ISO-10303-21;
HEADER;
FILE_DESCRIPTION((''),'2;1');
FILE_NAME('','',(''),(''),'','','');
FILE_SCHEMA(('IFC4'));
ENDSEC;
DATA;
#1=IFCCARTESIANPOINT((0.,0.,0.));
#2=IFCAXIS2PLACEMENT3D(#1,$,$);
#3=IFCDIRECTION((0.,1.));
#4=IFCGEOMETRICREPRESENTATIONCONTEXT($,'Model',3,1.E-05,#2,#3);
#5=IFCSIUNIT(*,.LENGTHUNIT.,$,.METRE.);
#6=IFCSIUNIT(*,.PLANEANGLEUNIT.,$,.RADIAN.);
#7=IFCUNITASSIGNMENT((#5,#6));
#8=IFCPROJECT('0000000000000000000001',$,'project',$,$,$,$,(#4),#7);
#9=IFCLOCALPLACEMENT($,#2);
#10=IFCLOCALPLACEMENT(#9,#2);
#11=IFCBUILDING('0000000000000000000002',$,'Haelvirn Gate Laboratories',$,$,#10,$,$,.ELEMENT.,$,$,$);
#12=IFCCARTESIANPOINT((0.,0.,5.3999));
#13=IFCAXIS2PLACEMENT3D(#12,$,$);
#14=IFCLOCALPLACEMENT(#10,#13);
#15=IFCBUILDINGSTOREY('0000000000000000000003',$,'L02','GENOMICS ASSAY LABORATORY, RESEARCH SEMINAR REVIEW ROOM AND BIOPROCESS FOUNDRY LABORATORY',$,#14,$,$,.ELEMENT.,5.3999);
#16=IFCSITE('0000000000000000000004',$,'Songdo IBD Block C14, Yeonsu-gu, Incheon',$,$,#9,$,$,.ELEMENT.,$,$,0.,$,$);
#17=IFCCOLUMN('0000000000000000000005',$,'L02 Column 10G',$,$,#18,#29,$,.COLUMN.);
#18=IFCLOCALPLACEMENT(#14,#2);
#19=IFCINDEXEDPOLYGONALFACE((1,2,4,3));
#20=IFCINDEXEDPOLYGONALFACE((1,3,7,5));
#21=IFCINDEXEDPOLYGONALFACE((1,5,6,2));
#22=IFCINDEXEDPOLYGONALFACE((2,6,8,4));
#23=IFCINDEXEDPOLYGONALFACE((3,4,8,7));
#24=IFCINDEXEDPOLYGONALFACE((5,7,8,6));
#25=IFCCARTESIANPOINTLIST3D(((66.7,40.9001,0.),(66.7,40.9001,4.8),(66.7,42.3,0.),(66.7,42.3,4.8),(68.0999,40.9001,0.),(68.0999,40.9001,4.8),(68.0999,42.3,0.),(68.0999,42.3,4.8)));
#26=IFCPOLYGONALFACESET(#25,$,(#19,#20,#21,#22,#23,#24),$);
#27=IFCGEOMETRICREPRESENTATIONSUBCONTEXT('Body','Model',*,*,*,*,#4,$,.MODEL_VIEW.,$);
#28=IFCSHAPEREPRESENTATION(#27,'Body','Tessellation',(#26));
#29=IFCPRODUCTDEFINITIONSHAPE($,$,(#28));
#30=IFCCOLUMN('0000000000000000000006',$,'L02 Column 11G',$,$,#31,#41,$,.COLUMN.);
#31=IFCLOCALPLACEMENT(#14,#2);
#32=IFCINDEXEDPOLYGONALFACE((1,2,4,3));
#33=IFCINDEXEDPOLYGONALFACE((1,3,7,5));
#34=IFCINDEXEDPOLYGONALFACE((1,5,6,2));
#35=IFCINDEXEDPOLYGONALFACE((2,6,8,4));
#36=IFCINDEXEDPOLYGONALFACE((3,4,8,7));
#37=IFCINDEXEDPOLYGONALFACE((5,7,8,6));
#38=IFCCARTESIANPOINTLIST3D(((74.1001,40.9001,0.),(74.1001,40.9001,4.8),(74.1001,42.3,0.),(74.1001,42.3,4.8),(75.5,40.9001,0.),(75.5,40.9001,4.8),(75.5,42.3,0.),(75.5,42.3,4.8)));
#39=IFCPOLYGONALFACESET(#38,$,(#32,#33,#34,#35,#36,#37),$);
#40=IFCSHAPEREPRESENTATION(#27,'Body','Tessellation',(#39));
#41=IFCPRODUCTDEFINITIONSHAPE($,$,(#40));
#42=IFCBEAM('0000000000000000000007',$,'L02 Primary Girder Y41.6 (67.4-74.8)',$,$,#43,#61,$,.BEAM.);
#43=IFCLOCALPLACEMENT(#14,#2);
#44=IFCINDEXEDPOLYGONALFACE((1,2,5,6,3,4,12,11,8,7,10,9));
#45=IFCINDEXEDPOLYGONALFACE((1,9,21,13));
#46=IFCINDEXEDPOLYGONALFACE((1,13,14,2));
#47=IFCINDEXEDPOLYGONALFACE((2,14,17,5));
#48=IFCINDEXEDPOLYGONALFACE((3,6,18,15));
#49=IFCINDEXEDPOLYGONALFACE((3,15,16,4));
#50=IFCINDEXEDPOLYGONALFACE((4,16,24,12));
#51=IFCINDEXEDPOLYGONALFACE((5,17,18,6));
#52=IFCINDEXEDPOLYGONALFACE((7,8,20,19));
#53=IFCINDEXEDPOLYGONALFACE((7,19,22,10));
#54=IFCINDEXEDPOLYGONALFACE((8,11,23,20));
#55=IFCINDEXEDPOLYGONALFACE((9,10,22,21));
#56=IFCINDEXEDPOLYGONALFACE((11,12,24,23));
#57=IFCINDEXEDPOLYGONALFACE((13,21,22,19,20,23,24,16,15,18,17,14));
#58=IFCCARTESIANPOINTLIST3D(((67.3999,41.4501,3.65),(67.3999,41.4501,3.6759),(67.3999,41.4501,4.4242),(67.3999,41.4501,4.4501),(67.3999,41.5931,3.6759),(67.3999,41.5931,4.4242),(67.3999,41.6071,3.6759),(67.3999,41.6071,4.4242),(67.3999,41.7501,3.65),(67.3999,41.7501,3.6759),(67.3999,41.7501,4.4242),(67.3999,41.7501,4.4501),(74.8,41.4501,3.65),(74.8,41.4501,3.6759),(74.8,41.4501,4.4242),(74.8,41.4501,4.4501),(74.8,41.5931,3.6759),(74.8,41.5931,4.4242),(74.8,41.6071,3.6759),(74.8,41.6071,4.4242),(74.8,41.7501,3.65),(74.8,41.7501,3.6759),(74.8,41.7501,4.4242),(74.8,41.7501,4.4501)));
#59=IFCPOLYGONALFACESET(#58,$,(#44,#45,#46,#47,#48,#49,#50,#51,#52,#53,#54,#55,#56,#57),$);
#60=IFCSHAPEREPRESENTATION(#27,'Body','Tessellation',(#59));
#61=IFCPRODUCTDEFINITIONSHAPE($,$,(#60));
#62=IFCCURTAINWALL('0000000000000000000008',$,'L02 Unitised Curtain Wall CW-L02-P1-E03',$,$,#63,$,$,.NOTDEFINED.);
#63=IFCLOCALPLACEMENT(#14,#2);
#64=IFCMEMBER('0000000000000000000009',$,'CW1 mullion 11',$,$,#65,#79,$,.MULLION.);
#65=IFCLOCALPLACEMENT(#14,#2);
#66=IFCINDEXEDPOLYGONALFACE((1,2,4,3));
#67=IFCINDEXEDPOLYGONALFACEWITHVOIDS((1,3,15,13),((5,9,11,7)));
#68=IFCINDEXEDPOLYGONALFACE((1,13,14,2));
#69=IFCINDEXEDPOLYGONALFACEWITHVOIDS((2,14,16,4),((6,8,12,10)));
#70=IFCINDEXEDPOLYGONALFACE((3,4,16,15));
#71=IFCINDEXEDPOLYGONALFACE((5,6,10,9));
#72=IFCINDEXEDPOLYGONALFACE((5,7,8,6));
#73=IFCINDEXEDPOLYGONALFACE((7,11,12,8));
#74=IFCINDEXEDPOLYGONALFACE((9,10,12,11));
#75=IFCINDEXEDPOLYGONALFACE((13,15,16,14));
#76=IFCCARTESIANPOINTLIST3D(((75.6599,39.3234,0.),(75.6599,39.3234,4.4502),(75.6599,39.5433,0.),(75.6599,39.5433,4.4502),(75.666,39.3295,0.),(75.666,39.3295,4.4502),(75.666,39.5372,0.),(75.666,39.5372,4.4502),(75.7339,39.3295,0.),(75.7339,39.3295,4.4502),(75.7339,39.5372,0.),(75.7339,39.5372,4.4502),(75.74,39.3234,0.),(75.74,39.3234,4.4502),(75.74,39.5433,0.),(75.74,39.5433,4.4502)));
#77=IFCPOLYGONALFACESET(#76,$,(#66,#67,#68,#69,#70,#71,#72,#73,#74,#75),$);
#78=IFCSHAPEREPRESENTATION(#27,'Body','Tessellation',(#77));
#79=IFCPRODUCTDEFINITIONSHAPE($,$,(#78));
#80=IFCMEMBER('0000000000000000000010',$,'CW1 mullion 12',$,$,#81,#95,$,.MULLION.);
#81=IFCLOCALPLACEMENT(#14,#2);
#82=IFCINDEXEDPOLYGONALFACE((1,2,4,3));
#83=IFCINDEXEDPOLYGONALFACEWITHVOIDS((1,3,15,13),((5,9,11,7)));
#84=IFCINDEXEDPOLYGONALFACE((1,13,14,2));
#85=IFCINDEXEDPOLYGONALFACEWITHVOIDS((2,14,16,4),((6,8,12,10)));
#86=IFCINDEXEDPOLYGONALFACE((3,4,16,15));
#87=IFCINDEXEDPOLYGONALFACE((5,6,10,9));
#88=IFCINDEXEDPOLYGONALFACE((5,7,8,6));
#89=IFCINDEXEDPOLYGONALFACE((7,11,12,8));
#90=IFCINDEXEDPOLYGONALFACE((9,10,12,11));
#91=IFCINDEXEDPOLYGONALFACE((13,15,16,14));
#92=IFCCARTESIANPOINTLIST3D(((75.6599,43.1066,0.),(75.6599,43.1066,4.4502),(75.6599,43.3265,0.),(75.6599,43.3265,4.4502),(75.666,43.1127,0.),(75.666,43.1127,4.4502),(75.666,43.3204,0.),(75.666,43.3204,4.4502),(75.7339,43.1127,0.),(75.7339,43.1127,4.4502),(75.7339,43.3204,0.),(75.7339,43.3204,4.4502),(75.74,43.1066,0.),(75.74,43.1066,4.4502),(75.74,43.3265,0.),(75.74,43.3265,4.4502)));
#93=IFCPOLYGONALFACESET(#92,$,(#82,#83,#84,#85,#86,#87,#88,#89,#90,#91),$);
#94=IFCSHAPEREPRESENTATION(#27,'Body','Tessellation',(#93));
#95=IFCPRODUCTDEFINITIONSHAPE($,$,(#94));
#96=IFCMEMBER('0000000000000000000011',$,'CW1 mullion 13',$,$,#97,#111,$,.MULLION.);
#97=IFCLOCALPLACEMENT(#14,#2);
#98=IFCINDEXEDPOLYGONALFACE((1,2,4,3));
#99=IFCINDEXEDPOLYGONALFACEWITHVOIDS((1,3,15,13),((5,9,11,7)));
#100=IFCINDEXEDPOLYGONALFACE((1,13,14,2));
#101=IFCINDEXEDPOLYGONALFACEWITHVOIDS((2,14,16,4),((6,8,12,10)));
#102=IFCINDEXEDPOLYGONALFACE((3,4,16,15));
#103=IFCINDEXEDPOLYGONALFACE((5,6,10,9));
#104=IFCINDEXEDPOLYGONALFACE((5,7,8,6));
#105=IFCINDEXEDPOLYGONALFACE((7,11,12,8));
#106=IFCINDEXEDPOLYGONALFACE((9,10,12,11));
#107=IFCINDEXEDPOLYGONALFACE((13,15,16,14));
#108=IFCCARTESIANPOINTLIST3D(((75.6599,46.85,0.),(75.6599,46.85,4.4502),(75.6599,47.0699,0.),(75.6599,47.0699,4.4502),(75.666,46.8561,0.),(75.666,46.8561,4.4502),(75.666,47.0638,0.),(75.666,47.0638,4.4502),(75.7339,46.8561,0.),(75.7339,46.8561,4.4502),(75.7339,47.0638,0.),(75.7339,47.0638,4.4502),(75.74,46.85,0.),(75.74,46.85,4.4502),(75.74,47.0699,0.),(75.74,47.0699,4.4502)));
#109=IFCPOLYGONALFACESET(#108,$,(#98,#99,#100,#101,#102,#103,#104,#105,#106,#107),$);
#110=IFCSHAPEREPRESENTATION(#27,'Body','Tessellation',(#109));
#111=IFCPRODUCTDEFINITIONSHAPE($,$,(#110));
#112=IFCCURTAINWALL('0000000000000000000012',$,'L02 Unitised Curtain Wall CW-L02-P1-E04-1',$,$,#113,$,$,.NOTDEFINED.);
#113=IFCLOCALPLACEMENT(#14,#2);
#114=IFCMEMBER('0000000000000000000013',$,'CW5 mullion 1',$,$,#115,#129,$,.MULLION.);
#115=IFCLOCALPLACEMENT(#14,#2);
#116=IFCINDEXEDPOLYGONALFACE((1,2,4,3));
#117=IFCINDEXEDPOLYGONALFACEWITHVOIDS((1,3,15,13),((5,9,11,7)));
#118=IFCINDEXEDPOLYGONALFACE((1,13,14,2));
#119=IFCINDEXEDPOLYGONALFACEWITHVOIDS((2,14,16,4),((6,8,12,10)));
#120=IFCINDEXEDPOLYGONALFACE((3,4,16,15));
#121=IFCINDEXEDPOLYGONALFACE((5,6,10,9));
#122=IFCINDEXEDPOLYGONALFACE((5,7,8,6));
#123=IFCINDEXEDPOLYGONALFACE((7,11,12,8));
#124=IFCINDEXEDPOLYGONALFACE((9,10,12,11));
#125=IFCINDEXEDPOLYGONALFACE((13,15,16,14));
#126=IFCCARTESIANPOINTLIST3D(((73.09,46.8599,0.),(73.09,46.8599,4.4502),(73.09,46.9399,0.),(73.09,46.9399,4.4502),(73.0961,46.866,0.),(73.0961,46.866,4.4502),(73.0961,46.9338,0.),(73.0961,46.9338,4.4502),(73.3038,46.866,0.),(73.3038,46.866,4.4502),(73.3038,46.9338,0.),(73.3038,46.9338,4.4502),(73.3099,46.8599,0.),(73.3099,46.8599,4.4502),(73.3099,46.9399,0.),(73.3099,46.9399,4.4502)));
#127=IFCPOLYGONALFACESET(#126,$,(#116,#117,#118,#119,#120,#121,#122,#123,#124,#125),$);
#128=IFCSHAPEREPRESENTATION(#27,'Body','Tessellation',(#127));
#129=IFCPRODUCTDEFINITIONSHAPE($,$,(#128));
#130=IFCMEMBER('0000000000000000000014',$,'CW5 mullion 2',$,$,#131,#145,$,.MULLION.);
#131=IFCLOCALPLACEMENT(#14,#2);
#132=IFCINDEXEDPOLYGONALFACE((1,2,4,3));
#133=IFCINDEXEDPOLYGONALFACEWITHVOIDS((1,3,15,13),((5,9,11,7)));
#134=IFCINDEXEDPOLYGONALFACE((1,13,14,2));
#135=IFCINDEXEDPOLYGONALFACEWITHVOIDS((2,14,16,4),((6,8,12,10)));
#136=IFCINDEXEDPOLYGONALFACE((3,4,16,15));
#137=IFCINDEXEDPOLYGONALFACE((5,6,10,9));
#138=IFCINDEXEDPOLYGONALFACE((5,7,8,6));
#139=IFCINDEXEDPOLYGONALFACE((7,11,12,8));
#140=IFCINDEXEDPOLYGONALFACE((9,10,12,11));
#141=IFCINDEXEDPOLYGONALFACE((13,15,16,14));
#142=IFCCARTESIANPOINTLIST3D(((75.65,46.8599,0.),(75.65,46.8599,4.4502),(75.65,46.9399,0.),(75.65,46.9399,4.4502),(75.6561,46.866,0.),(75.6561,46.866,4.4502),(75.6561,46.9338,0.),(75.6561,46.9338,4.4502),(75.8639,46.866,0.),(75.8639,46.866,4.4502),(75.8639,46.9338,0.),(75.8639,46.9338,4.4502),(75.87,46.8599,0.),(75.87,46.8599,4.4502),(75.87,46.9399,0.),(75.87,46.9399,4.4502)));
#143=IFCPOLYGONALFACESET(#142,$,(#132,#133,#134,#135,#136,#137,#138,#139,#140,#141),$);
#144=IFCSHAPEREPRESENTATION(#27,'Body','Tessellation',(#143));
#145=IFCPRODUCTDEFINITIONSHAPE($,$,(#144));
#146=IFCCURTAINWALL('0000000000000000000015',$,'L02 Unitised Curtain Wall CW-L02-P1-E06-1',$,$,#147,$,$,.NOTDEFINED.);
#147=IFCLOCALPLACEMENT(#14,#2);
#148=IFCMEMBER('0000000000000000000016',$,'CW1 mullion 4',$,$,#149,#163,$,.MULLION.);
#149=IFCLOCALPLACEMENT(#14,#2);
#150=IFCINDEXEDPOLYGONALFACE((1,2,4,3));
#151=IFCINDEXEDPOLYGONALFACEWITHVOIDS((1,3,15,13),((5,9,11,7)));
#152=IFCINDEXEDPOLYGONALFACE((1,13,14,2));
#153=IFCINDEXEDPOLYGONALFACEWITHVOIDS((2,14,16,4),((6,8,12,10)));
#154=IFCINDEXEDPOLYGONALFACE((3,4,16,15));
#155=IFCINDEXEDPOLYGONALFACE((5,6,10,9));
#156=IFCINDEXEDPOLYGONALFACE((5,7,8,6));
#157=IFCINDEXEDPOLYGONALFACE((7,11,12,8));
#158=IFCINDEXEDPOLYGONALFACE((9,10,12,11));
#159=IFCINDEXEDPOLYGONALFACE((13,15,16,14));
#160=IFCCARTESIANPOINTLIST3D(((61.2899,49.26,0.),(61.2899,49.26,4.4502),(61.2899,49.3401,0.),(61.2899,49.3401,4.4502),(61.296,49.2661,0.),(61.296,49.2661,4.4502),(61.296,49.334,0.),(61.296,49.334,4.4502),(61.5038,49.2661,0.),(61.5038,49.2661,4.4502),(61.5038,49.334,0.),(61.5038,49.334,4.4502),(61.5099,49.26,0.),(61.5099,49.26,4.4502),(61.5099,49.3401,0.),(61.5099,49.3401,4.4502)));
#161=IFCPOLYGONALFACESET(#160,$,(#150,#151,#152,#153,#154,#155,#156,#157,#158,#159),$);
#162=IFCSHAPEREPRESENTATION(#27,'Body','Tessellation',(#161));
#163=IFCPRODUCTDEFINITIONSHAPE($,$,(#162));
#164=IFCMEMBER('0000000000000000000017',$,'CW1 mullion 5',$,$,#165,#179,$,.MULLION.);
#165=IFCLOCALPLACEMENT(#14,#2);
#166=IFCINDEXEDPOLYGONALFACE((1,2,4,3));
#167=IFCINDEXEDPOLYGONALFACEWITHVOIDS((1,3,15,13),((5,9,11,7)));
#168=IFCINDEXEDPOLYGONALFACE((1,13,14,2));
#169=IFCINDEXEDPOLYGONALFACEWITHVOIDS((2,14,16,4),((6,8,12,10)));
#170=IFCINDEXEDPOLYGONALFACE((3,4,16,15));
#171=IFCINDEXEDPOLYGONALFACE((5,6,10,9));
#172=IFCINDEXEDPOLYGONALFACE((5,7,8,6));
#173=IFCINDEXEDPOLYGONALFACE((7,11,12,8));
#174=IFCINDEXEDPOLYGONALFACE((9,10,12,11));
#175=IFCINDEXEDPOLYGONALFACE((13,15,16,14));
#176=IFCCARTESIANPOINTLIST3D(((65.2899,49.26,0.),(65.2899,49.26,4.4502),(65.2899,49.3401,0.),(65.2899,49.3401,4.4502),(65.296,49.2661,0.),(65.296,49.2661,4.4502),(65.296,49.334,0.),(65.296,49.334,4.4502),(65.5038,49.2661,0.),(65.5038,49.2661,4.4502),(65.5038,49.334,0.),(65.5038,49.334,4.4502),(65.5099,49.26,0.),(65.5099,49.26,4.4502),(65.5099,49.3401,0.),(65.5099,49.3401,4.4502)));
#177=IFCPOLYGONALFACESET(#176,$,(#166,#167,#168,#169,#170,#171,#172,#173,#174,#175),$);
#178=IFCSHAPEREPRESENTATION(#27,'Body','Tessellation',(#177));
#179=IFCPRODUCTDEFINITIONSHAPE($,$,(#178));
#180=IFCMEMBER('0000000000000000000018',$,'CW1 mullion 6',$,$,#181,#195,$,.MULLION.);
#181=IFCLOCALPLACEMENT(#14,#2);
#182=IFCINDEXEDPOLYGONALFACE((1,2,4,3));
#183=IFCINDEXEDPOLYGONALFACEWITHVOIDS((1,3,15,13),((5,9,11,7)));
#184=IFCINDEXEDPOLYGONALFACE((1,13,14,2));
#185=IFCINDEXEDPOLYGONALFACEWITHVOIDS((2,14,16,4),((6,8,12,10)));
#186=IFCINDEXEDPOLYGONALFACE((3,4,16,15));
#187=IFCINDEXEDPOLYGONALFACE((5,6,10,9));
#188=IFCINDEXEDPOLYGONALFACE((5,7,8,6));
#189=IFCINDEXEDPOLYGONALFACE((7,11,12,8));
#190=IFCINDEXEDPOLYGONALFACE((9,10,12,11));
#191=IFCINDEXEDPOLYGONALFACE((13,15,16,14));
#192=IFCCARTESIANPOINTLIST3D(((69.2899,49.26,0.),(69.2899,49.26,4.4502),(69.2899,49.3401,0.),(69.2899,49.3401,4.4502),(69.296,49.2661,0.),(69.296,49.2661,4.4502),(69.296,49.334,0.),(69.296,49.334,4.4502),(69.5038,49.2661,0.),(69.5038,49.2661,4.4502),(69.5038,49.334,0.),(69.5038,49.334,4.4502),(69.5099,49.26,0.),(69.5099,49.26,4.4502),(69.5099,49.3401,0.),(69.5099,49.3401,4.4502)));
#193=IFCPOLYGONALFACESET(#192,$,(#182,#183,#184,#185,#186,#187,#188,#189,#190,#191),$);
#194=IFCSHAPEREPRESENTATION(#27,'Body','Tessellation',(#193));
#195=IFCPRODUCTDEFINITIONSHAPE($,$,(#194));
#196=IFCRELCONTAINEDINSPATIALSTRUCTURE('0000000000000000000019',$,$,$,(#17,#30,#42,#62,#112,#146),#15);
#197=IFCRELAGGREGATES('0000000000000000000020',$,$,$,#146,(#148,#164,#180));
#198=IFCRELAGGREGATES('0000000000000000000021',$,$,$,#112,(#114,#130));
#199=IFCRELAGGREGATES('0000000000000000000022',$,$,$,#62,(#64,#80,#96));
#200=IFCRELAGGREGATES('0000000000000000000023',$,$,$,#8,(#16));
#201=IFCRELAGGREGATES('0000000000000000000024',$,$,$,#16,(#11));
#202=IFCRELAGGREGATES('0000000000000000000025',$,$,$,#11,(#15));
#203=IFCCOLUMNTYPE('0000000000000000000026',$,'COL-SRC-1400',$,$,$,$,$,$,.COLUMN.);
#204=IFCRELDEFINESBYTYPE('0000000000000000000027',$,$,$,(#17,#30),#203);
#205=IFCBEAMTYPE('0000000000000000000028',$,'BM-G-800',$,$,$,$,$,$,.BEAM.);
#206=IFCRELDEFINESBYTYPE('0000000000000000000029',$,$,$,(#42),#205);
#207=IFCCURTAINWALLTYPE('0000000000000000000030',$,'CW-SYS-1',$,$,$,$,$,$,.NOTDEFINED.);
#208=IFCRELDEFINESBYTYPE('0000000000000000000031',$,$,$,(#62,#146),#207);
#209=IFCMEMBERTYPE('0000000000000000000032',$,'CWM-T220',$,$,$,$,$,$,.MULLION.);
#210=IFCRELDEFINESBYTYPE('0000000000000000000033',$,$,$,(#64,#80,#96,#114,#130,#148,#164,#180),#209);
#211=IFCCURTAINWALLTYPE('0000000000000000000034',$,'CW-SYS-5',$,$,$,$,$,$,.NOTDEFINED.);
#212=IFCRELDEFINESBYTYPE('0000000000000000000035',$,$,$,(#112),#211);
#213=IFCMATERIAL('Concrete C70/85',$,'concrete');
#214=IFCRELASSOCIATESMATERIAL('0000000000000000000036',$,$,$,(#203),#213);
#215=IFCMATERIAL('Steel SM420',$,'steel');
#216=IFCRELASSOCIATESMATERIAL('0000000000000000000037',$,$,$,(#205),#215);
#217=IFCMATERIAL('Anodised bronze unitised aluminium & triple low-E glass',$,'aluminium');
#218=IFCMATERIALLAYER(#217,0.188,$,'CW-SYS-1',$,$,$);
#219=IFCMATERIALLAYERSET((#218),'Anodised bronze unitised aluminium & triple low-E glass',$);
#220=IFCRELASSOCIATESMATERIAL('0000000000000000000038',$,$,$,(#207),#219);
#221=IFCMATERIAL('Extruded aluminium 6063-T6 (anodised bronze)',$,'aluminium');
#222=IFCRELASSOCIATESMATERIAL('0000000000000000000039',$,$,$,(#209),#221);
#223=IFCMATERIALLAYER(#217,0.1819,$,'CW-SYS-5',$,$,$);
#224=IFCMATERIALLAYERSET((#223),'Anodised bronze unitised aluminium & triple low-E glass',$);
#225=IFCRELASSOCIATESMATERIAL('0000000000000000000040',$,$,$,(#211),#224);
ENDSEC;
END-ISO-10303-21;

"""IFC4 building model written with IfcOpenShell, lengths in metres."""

from ifc_helpers import new_model, si_unit, direction, frame, origin, origin_2d, place, context, subcontext, project, spatial, rectangle, hollow_rectangle, i_section, extrude, source, transform, mapped, material, layer, layer_set, material_profile, profile_set, type_object, type_shapes, element, aggregate, save


model = new_model("IFC4")

# Units and contexts
model_context = context("Model", 3, precision=1e-05, world=origin(), true_north=direction((0.0, 1.0)))
body_context = subcontext(model_context, "Body", "Model", "MODEL_VIEW")
ifc_project = project(units=[si_unit("LENGTHUNIT", "METRE"), si_unit("PLANEANGLEUNIT", "RADIAN")], contexts=[model_context])

# Site, building, storey
site_placement = place(None, origin())
site = spatial("IfcSite", under=ifc_project, at=site_placement, Name="Songdo IBD Block C14, Yeonsu-gu, Incheon", CompositionType="ELEMENT", RefElevation=0.0)
building_placement = place(site_placement, origin())
building = spatial("IfcBuilding", under=site, at=building_placement, Name="Haelvirn Gate Laboratories", CompositionType="ELEMENT")
storey_placement = place(building_placement, frame((0.0, 0.0, 5.3999)))
storey = spatial("IfcBuildingStorey", under=building, at=storey_placement, Name="L02", Description="GENOMICS ASSAY LABORATORY, RESEARCH SEMINAR REVIEW ROOM AND BIOPROCESS FOUNDRY LABORATORY", CompositionType="ELEMENT", Elevation=5.3999)

# Columns
ifc_material_1 = material(Name="Concrete C70/85", Category="concrete")
ifc_material_profile_1 = material_profile(ifc_material_1, rectangle(XDim=1.3999, YDim=1.3999, at=origin_2d()), Name="SRC-1400x1400")
ifc_profile_set_1 = profile_set([ifc_material_profile_1], Name="Concrete C70/85")
column_type = type_object("IfcColumnType", Name="COL-SRC-1400", PredefinedType="COLUMN", material=ifc_profile_set_1)
shared_shape_1 = source(origin(), body_context, "Body", "SweptSolid", [
    extrude(rectangle(XDim=1.3999, YDim=1.3999, at=origin_2d()), origin(), (0.0, 0.0, 1.0), 4.8),
])
type_shapes(column_type, [shared_shape_1])
for number, where, z_axis, x_axis, name in (
    (1, (67.3999, 41.6001, 0.0), (0.0, 0.0, 1.0), (1.0, 0.0, 0.0), "L02 Column 10G"),
    (2, (74.8, 41.6001, 0.0), (0.0, 0.0, 1.0), (1.0, 0.0, 0.0), "L02 Column 11G"),
):
    element("IfcColumn", number, at=place(storey_placement, frame(where, z_axis=z_axis, x_axis=x_axis)), inside=storey, type_object=column_type, Name=name, PredefinedType="COLUMN", context=body_context, shape_type="MappedRepresentation", body=[
        mapped(shared_shape_1, transform((0.0, 0.0, 0.0), scale=1.0)),
    ])

# Beam
ifc_material_2 = material(Name="Steel SM420", Category="steel")
ifc_material_profile_2 = material_profile(ifc_material_2, i_section(OverallWidth=0.3, OverallDepth=0.8, WebThickness=0.0139, FlangeThickness=0.0259, at=origin_2d()), Name="H-800x300x14x26")
ifc_profile_set_2 = profile_set([ifc_material_profile_2], Name="Steel SM420")
beam_type = type_object("IfcBeamType", Name="BM-G-800", PredefinedType="BEAM", material=ifc_profile_set_2)
shared_shape_2 = source(origin(), body_context, "Body", "SweptSolid", [
    extrude(i_section(OverallWidth=0.3, OverallDepth=0.8, WebThickness=0.0139, FlangeThickness=0.0259, at=origin_2d()), origin(), (0.0, 0.0, 1.0), 7.4001),
])
type_shapes(beam_type, [shared_shape_2])
beam_placement = place(storey_placement, frame((67.3999, 41.6001, 4.05), z_axis=(1.0, 0.0, 0.0), x_axis=(0.0, 1.0, 0.0)))
element("IfcBeam", 3, at=beam_placement, inside=storey, type_object=beam_type, Name="L02 Primary Girder Y41.6 (67.4-74.8)", PredefinedType="BEAM", context=body_context, shape_type="MappedRepresentation", body=[
    mapped(shared_shape_2, transform((0.0, 0.0, 0.0), scale=1.0)),
])

# Curtain walls, members
ifc_material_3 = material(Name="Anodised bronze unitised aluminium & triple low-E glass", Category="aluminium")
ifc_layer_1 = layer(ifc_material_3, 0.188, Name="CW-SYS-1")
ifc_layer_set_1 = layer_set([ifc_layer_1], Name="Anodised bronze unitised aluminium & triple low-E glass")
curtain_wall_type_1 = type_object("IfcCurtainWallType", Name="CW-SYS-1", PredefinedType="NOTDEFINED", material=ifc_layer_set_1)
curtain_wall_1_placement = place(storey_placement, origin())
curtain_wall_1 = element("IfcCurtainWall", 4, at=curtain_wall_1_placement, inside=storey, type_object=curtain_wall_type_1, Name="L02 Unitised Curtain Wall CW-L02-P1-E03", PredefinedType="NOTDEFINED")
ifc_material_4 = material(Name="Extruded aluminium 6063-T6 (anodised bronze)", Category="aluminium")
ifc_material_profile_3 = material_profile(ifc_material_4, hollow_rectangle(XDim=0.0801, YDim=0.22, WallThickness=0.0061, at=origin_2d()), Name="CWM-220x80x6")
ifc_profile_set_3 = profile_set([ifc_material_profile_3], Name="Extruded aluminium 6063-T6 (anodised bronze)")
member_type_1 = type_object("IfcMemberType", Name="CWM-T220", PredefinedType="MULLION", material=ifc_profile_set_3)
shared_shape_3 = source(origin(), body_context, "Body", "SweptSolid", [
    extrude(hollow_rectangle(XDim=0.0801, YDim=0.22, WallThickness=0.0061, at=origin_2d()), origin(), (0.0, 0.0, 1.0), 4.4502),
])
type_shapes(member_type_1, [shared_shape_3])
member_1_placement = place(storey_placement, frame((75.7, 39.4333, 0.0), z_axis=(0.0, 0.0, 1.0), x_axis=(-1.0, 0.0, 0.0)))
member_1 = element("IfcMember", 5, at=member_1_placement, type_object=member_type_1, Name="CW1 mullion 11", PredefinedType="MULLION", context=body_context, shape_type="MappedRepresentation", body=[
    mapped(shared_shape_3, transform((0.0, 0.0, 0.0), scale=1.0)),
])
member_2_placement = place(storey_placement, frame((75.7, 43.2166, 0.0), z_axis=(0.0, 0.0, 1.0), x_axis=(-1.0, 0.0, 0.0)))
member_2 = element("IfcMember", 6, at=member_2_placement, type_object=member_type_1, Name="CW1 mullion 12", PredefinedType="MULLION", context=body_context, shape_type="MappedRepresentation", body=[
    mapped(shared_shape_3, transform((0.0, 0.0, 0.0), scale=1.0)),
])
member_3_placement = place(storey_placement, frame((75.7, 46.96, 0.0), z_axis=(0.0, 0.0, 1.0), x_axis=(-1.0, 0.0, 0.0)))
member_3 = element("IfcMember", 7, at=member_3_placement, type_object=member_type_1, Name="CW1 mullion 13", PredefinedType="MULLION", context=body_context, shape_type="MappedRepresentation", body=[
    mapped(shared_shape_3, transform((0.0, 0.0, 0.0), scale=1.0)),
])
ifc_layer_2 = layer(ifc_material_3, 0.1819, Name="CW-SYS-5")
ifc_layer_set_2 = layer_set([ifc_layer_2], Name="Anodised bronze unitised aluminium & triple low-E glass")
curtain_wall_type_2 = type_object("IfcCurtainWallType", Name="CW-SYS-5", PredefinedType="NOTDEFINED", material=ifc_layer_set_2)
curtain_wall_2_placement = place(storey_placement, origin())
curtain_wall_2 = element("IfcCurtainWall", 8, at=curtain_wall_2_placement, inside=storey, type_object=curtain_wall_type_2, Name="L02 Unitised Curtain Wall CW-L02-P1-E04-1", PredefinedType="NOTDEFINED")
member_4_placement = place(storey_placement, frame((73.2, 46.8999, 0.0), z_axis=(0.0, 0.0, 1.0), x_axis=(0.0, 1.0, 0.0)))
member_4 = element("IfcMember", 9, at=member_4_placement, type_object=member_type_1, Name="CW5 mullion 1", PredefinedType="MULLION", context=body_context, shape_type="MappedRepresentation", body=[
    mapped(shared_shape_3, transform((0.0, 0.0, 0.0), scale=1.0)),
])
member_5_placement = place(storey_placement, frame((75.76, 46.8999, 0.0), z_axis=(0.0, 0.0, 1.0), x_axis=(0.0, 1.0, 0.0)))
member_5 = element("IfcMember", 10, at=member_5_placement, type_object=member_type_1, Name="CW5 mullion 2", PredefinedType="MULLION", context=body_context, shape_type="MappedRepresentation", body=[
    mapped(shared_shape_3, transform((0.0, 0.0, 0.0), scale=1.0)),
])
curtain_wall_3_placement = place(storey_placement, origin())
curtain_wall_3 = element("IfcCurtainWall", 11, at=curtain_wall_3_placement, inside=storey, type_object=curtain_wall_type_1, Name="L02 Unitised Curtain Wall CW-L02-P1-E06-1", PredefinedType="NOTDEFINED")
member_6_placement = place(storey_placement, frame((61.3999, 49.3, 0.0), z_axis=(0.0, 0.0, 1.0), x_axis=(0.0, 1.0, 0.0)))
member_6 = element("IfcMember", 12, at=member_6_placement, type_object=member_type_1, Name="CW1 mullion 4", PredefinedType="MULLION", context=body_context, shape_type="MappedRepresentation", body=[
    mapped(shared_shape_3, transform((0.0, 0.0, 0.0), scale=1.0)),
])
member_7_placement = place(storey_placement, frame((65.3999, 49.3, 0.0), z_axis=(0.0, 0.0, 1.0), x_axis=(0.0, 1.0, 0.0)))
member_7 = element("IfcMember", 13, at=member_7_placement, type_object=member_type_1, Name="CW1 mullion 5", PredefinedType="MULLION", context=body_context, shape_type="MappedRepresentation", body=[
    mapped(shared_shape_3, transform((0.0, 0.0, 0.0), scale=1.0)),
])
member_8_placement = place(storey_placement, frame((69.3999, 49.3, 0.0), z_axis=(0.0, 0.0, 1.0), x_axis=(0.0, 1.0, 0.0)))
member_8 = element("IfcMember", 14, at=member_8_placement, type_object=member_type_1, Name="CW1 mullion 6", PredefinedType="MULLION", context=body_context, shape_type="MappedRepresentation", body=[
    mapped(shared_shape_3, transform((0.0, 0.0, 0.0), scale=1.0)),
])

aggregate(curtain_wall_3, [member_6, member_7, member_8])
aggregate(curtain_wall_2, [member_4, member_5])
aggregate(curtain_wall_1, [member_1, member_2, member_3])

save(model, "model.ifc")
